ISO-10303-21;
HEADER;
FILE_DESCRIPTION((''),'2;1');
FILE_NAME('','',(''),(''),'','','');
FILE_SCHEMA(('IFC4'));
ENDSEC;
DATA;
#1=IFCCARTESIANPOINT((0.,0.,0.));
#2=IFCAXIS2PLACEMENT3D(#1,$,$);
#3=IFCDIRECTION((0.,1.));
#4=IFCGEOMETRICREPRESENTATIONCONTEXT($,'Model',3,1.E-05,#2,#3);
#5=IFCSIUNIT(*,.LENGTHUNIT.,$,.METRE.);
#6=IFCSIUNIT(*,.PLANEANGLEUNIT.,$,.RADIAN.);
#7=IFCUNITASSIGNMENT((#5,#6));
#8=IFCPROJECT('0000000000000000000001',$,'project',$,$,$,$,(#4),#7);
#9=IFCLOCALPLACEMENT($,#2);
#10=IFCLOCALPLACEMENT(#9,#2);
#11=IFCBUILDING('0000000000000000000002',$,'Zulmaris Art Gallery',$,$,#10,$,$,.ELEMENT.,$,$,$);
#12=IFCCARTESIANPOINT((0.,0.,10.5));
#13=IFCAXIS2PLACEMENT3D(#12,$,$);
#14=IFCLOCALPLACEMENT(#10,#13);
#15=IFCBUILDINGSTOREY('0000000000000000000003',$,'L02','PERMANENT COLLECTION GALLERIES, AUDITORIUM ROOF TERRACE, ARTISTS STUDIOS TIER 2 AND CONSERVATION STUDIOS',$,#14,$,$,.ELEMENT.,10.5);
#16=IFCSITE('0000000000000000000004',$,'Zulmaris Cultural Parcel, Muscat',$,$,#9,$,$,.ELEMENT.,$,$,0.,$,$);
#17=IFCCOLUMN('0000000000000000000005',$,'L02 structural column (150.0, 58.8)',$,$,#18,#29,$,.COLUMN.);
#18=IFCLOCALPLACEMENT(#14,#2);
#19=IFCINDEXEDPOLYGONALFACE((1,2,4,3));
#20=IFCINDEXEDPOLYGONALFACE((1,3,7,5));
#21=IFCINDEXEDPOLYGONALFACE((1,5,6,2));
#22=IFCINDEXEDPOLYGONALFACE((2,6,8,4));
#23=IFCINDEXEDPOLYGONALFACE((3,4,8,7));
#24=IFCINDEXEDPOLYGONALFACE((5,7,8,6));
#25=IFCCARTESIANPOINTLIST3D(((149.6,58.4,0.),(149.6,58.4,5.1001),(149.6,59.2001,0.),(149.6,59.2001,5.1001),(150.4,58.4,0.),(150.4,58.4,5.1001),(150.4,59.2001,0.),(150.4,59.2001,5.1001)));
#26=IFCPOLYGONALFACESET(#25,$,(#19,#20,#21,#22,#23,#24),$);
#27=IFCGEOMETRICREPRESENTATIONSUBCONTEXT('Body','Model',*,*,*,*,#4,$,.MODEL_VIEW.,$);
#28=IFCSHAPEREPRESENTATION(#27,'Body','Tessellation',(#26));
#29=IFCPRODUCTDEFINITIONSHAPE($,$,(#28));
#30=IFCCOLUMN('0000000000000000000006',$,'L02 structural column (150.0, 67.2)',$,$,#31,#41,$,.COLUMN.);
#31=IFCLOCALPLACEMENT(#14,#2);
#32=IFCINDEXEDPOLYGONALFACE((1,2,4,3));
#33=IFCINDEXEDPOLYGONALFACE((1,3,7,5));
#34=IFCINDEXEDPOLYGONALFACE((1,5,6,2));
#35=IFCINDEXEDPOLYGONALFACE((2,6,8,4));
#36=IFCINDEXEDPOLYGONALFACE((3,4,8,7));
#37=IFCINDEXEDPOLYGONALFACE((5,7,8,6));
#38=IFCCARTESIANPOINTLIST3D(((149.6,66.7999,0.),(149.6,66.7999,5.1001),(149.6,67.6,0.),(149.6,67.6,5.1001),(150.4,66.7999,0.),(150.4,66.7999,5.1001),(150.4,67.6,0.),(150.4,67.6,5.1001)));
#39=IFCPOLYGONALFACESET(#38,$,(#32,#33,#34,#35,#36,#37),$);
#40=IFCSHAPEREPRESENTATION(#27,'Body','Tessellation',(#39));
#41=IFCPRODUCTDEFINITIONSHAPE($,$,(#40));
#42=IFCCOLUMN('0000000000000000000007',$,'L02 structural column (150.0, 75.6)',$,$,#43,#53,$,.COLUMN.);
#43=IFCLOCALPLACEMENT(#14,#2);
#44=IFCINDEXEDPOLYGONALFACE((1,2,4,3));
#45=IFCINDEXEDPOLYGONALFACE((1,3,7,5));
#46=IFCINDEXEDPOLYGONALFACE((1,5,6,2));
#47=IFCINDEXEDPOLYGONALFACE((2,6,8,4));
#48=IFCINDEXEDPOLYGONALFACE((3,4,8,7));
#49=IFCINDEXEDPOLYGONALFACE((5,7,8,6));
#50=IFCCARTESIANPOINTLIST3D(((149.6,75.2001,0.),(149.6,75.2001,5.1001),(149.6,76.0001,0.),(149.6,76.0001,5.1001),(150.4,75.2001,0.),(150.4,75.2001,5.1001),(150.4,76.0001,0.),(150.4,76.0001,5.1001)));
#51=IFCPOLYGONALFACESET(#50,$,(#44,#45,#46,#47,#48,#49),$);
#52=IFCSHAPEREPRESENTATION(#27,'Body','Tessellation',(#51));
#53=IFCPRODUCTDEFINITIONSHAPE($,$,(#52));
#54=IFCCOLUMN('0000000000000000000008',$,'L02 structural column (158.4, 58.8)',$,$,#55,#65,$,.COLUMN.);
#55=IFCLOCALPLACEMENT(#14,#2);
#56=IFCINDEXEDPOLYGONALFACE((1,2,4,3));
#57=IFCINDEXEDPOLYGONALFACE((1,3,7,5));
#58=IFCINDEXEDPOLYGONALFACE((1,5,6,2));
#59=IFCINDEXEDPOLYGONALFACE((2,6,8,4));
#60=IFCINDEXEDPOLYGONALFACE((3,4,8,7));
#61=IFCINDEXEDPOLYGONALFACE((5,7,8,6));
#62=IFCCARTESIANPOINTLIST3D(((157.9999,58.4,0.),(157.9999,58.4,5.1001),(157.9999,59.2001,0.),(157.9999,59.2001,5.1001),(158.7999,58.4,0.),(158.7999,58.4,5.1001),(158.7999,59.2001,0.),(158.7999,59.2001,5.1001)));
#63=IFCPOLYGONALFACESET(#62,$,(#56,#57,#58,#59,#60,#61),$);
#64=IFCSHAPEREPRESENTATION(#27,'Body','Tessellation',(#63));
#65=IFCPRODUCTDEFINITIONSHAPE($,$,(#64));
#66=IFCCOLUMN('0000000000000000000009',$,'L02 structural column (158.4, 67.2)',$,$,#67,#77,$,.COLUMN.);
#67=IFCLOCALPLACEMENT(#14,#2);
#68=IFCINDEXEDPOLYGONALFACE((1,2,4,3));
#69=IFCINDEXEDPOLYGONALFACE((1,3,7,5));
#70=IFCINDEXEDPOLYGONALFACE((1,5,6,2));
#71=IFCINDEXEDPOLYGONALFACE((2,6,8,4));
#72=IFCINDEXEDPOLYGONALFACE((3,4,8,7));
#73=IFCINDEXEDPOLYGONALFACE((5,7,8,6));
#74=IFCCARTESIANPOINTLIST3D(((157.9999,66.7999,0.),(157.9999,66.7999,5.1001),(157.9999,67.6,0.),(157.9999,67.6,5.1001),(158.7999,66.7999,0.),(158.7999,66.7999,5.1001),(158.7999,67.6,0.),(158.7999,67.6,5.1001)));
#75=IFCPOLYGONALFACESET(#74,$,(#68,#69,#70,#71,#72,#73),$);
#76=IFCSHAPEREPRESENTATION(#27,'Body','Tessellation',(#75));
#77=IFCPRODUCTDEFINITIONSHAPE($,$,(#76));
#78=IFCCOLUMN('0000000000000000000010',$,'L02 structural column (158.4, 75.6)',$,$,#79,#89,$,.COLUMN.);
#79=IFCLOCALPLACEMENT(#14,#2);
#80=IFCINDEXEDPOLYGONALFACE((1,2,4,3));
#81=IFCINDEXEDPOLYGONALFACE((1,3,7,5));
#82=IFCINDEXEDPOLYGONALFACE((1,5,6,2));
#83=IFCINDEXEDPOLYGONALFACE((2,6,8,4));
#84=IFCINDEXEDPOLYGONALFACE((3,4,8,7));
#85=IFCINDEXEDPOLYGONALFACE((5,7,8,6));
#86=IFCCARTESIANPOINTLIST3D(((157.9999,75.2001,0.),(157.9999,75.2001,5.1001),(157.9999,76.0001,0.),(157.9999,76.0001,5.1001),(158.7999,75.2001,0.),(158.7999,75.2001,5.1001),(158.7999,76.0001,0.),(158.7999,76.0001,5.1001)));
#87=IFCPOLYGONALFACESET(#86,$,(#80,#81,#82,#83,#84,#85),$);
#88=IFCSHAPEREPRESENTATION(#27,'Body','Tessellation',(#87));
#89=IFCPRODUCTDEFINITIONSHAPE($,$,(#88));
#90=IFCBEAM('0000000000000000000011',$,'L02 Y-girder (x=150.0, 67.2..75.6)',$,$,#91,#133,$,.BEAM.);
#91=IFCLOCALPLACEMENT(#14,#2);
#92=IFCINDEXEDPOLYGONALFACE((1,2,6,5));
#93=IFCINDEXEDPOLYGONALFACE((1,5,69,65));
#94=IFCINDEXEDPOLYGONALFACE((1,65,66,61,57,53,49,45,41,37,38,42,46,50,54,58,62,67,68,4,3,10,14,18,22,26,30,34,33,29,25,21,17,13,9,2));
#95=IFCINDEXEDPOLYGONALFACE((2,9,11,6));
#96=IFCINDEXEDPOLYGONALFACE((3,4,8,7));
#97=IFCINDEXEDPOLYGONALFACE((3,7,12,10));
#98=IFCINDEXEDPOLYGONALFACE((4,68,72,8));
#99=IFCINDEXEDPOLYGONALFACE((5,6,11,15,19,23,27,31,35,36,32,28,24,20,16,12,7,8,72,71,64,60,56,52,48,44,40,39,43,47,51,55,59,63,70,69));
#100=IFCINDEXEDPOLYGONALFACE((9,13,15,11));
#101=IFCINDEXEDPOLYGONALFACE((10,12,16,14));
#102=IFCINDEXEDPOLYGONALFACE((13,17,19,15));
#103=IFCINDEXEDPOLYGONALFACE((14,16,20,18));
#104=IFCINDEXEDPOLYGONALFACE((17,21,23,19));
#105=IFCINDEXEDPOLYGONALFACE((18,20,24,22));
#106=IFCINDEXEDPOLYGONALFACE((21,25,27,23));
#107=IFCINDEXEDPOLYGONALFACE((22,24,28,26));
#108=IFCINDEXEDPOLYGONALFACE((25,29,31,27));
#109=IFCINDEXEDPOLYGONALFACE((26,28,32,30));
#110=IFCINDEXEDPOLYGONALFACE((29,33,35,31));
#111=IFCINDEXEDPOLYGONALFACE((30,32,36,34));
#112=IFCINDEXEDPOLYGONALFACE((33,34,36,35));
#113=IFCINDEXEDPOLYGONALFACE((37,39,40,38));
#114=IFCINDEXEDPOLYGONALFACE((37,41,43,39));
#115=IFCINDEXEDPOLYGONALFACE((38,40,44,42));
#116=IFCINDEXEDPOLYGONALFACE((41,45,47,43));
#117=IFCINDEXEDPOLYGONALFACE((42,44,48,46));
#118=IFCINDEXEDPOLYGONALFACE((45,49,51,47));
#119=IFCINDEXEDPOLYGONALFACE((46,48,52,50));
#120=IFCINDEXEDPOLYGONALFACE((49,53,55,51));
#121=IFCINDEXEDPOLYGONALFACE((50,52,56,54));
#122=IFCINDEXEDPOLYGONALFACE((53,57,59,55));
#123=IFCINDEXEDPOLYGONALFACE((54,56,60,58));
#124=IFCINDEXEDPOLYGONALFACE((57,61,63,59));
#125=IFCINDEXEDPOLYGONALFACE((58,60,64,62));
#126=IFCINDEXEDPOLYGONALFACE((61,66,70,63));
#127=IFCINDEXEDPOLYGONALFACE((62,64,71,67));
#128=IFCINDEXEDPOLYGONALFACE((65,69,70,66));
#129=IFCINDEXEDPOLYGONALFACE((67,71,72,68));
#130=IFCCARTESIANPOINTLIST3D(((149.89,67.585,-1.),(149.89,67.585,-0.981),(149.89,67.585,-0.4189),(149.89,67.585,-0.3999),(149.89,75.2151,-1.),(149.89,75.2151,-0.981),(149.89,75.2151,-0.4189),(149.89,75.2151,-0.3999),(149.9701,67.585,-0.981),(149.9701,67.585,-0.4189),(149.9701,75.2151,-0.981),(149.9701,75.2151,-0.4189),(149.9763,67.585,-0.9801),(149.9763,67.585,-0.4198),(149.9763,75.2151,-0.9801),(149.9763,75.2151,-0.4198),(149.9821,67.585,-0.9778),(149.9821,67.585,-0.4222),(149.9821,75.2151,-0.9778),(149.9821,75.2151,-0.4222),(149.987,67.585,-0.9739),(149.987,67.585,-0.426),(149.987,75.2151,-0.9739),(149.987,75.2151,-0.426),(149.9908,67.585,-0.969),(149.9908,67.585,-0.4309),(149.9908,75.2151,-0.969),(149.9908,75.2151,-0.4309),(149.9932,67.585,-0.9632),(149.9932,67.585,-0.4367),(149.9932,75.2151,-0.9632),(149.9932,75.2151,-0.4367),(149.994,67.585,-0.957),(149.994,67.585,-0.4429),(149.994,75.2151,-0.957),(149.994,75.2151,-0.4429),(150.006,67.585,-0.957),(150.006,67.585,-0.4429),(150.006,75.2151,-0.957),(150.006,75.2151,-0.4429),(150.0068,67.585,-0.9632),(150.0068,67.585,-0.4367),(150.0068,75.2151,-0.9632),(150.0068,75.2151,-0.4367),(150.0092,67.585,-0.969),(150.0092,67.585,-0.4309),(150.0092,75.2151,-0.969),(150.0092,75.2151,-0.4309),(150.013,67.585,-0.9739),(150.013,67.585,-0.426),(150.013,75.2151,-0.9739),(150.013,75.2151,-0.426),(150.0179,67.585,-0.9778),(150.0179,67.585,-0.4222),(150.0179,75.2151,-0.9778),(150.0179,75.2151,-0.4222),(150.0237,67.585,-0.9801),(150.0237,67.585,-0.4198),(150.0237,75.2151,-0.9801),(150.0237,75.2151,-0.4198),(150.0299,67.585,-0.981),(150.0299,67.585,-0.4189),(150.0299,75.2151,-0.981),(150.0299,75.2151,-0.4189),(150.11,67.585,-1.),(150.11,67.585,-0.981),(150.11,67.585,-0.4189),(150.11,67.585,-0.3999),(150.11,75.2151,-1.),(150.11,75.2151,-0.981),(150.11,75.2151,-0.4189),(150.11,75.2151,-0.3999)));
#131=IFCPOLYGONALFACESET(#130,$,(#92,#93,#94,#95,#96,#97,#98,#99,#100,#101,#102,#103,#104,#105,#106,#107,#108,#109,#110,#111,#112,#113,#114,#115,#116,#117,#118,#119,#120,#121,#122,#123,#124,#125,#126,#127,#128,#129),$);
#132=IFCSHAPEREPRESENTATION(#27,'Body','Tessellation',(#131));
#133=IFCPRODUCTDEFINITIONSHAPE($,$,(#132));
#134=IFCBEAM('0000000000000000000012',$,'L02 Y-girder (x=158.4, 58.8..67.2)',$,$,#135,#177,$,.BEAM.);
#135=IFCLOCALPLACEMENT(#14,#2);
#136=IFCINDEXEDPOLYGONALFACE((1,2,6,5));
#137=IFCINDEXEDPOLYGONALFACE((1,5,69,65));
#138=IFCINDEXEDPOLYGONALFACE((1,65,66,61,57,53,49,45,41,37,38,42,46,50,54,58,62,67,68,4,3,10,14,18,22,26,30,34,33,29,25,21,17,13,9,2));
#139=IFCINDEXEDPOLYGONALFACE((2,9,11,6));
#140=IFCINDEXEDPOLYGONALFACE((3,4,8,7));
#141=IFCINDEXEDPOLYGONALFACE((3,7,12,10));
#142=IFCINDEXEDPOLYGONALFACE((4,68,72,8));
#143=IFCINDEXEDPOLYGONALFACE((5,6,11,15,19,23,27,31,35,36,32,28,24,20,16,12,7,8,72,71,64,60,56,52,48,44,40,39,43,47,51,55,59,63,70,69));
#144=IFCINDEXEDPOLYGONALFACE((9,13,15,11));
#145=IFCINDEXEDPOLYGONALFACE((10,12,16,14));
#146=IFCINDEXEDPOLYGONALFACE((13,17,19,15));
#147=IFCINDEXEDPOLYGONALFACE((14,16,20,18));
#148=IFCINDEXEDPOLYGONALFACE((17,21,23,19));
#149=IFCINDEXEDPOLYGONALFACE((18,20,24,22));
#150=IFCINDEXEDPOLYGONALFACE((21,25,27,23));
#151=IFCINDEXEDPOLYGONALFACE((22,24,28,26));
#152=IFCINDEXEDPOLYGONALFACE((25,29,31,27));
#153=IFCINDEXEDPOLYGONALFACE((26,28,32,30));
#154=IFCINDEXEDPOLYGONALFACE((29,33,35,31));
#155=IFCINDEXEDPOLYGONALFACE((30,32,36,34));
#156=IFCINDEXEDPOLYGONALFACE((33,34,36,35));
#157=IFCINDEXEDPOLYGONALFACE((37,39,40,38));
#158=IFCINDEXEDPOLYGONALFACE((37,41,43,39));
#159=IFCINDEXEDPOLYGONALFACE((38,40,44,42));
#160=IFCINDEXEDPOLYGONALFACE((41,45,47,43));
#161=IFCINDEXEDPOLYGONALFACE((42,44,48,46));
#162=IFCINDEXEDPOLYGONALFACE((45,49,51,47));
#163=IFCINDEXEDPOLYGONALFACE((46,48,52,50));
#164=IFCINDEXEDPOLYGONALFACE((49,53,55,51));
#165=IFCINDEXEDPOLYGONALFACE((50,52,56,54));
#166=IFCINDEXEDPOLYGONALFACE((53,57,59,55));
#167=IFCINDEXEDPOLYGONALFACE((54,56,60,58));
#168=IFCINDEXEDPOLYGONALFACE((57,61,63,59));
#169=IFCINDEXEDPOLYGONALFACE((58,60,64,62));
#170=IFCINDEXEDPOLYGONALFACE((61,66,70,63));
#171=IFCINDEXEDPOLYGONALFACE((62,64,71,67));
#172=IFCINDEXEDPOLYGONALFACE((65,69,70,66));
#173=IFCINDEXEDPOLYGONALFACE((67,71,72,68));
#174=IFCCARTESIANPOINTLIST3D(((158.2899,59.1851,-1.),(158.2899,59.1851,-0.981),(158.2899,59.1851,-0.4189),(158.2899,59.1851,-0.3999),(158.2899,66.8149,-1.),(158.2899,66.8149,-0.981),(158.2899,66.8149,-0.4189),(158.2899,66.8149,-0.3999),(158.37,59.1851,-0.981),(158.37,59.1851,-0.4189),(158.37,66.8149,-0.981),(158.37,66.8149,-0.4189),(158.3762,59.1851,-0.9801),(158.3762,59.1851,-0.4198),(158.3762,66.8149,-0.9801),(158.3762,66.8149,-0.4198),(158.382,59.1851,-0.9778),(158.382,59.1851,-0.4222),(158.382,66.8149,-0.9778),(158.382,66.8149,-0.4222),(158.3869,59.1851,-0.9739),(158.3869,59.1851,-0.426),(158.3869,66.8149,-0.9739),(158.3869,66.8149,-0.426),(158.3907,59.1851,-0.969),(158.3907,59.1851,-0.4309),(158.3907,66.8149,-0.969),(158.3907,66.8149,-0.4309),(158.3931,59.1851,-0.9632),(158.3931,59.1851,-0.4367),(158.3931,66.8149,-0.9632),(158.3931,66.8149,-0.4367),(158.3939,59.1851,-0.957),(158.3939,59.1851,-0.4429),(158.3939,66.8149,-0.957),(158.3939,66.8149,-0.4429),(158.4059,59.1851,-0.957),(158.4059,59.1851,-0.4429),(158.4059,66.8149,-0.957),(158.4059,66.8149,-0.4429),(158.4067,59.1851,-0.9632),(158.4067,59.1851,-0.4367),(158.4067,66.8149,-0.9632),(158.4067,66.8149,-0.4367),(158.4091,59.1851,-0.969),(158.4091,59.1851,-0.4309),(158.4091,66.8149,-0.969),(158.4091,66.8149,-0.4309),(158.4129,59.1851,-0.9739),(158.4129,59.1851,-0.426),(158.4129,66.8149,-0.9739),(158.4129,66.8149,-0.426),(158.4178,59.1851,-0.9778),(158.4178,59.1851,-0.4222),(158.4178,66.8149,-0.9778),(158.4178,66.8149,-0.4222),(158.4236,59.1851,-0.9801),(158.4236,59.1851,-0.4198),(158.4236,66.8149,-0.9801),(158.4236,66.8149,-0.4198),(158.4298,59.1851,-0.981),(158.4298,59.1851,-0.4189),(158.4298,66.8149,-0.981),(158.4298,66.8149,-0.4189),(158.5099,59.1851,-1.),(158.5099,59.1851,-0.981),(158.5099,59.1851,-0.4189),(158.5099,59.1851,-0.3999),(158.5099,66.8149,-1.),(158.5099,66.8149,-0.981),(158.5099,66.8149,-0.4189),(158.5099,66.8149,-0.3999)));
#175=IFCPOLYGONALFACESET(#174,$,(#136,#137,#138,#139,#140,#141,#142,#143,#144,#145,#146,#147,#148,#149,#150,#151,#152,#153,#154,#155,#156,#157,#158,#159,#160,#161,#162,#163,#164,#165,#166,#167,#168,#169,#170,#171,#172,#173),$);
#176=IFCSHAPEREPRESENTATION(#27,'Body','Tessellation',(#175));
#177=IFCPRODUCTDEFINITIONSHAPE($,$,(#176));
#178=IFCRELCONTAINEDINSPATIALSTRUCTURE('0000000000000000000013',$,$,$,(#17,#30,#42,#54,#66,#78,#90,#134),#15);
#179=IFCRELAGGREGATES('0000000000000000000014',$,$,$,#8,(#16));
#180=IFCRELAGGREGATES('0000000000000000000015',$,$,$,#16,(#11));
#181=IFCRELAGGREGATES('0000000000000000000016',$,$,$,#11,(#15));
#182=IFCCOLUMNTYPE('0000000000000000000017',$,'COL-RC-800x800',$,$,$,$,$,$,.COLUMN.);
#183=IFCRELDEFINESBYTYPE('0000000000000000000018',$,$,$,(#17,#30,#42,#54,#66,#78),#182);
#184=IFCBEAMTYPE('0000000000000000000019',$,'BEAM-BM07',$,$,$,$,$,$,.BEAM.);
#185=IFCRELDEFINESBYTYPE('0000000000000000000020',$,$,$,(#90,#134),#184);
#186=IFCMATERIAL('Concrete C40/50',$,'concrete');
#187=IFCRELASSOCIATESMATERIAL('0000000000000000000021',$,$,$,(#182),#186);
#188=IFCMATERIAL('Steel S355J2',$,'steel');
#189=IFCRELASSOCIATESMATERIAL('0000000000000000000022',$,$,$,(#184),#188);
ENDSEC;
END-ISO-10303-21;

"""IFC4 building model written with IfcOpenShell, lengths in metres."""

from ifc_helpers import new_model, si_unit, direction, frame, origin, origin_2d, place, context, subcontext, project, spatial, rectangle, i_section, extrude, material, material_profile, profile_set, type_object, element, save


model = new_model("IFC4")

# Units and contexts
model_context = context("Model", 3, precision=1e-05, world=origin(), true_north=direction((0.0, 1.0)))
body_context = subcontext(model_context, "Body", "Model", "MODEL_VIEW")
ifc_project = project(units=[si_unit("LENGTHUNIT", "METRE"), si_unit("PLANEANGLEUNIT", "RADIAN")], contexts=[model_context])

# Site, building, storey
site_placement = place(None, origin())
site = spatial("IfcSite", under=ifc_project, at=site_placement, Name="Zulmaris Cultural Parcel, Muscat", CompositionType="ELEMENT", RefElevation=0.0)
building_placement = place(site_placement, origin())
building = spatial("IfcBuilding", under=site, at=building_placement, Name="Zulmaris Art Gallery", CompositionType="ELEMENT")
storey_placement = place(building_placement, frame((0.0, 0.0, 10.5)))
storey = spatial("IfcBuildingStorey", under=building, at=storey_placement, Name="L02", Description="PERMANENT COLLECTION GALLERIES, AUDITORIUM ROOF TERRACE, ARTISTS STUDIOS TIER 2 AND CONSERVATION STUDIOS", CompositionType="ELEMENT", Elevation=10.5)

# Columns
ifc_material_1 = material(Name="Concrete C40/50", Category="concrete")
ifc_material_profile_1 = material_profile(ifc_material_1, rectangle(XDim=0.8, YDim=0.8, at=origin_2d()), Name="RC 800x800")
ifc_profile_set_1 = profile_set([ifc_material_profile_1], Name="Concrete C40/50")
column_type = type_object("IfcColumnType", Name="COL-RC-800x800", PredefinedType="COLUMN", material=ifc_profile_set_1)
for number, where, z_axis, x_axis, name in (
    (1, (150.0, 58.8, 0.0), (0.0, 0.0, 1.0), (1.0, 0.0, 0.0), "L02 structural column (150.0, 58.8)"),
    (2, (150.0, 67.2, 0.0), (0.0, 0.0, 1.0), (1.0, 0.0, 0.0), "L02 structural column (150.0, 67.2)"),
    (3, (150.0, 75.6001, 0.0), (0.0, 0.0, 1.0), (1.0, 0.0, 0.0), "L02 structural column (150.0, 75.6)"),
    (4, (158.3999, 58.8, 0.0), (0.0, 0.0, 1.0), (1.0, 0.0, 0.0), "L02 structural column (158.4, 58.8)"),
    (5, (158.3999, 67.2, 0.0), (0.0, 0.0, 1.0), (1.0, 0.0, 0.0), "L02 structural column (158.4, 67.2)"),
    (6, (158.3999, 75.6001, 0.0), (0.0, 0.0, 1.0), (1.0, 0.0, 0.0), "L02 structural column (158.4, 75.6)"),
):
    element("IfcColumn", number, at=place(storey_placement, frame(where, z_axis=z_axis, x_axis=x_axis)), inside=storey, type_object=column_type, Name=name, PredefinedType="COLUMN", context=body_context, shape_type="SweptSolid", body=[
        extrude(rectangle(XDim=0.8, YDim=0.8, at=origin_2d()), origin(), (0.0, 0.0, 1.0), 5.1001),
    ])

# Beams
ifc_material_2 = material(Name="Steel S355J2", Category="steel")
ifc_material_profile_2 = material_profile(ifc_material_2, i_section(OverallWidth=0.22, OverallDepth=0.6001, WebThickness=0.012, FlangeThickness=0.019, FilletRadius=0.0239, at=origin_2d()), Name="IPE 600")
ifc_profile_set_2 = profile_set([ifc_material_profile_2], Name="Steel S355J2")
beam_type_1 = type_object("IfcBeamType", Name="BEAM-BM07", PredefinedType="BEAM", material=ifc_profile_set_2)
beam_1_placement = place(storey_placement, frame((150.0, 67.585, -0.7), z_axis=(0.0, 1.0, 0.0), x_axis=(-1.0, 0.0, 0.0)))
element("IfcBeam", 7, at=beam_1_placement, inside=storey, type_object=beam_type_1, Name="L02 Y-girder (x=150.0, 67.2..75.6)", PredefinedType="BEAM", context=body_context, shape_type="SweptSolid", body=[
    extrude(i_section(OverallWidth=0.22, OverallDepth=0.6001, WebThickness=0.012, FlangeThickness=0.019, FilletRadius=0.0239, at=origin_2d()), origin(), (0.0, 0.0, 1.0), 7.6301),
])
beam_2_placement = place(storey_placement, frame((158.3999, 59.1851, -0.7), z_axis=(0.0, 1.0, 0.0), x_axis=(-1.0, 0.0, 0.0)))
element("IfcBeam", 8, at=beam_2_placement, inside=storey, type_object=beam_type_1, Name="L02 Y-girder (x=158.4, 58.8..67.2)", PredefinedType="BEAM", context=body_context, shape_type="SweptSolid", body=[
    extrude(i_section(OverallWidth=0.22, OverallDepth=0.6001, WebThickness=0.012, FlangeThickness=0.019, FilletRadius=0.0239, at=origin_2d()), origin(), (0.0, 0.0, 1.0), 7.6299),
])

save(model, "model.ifc")
